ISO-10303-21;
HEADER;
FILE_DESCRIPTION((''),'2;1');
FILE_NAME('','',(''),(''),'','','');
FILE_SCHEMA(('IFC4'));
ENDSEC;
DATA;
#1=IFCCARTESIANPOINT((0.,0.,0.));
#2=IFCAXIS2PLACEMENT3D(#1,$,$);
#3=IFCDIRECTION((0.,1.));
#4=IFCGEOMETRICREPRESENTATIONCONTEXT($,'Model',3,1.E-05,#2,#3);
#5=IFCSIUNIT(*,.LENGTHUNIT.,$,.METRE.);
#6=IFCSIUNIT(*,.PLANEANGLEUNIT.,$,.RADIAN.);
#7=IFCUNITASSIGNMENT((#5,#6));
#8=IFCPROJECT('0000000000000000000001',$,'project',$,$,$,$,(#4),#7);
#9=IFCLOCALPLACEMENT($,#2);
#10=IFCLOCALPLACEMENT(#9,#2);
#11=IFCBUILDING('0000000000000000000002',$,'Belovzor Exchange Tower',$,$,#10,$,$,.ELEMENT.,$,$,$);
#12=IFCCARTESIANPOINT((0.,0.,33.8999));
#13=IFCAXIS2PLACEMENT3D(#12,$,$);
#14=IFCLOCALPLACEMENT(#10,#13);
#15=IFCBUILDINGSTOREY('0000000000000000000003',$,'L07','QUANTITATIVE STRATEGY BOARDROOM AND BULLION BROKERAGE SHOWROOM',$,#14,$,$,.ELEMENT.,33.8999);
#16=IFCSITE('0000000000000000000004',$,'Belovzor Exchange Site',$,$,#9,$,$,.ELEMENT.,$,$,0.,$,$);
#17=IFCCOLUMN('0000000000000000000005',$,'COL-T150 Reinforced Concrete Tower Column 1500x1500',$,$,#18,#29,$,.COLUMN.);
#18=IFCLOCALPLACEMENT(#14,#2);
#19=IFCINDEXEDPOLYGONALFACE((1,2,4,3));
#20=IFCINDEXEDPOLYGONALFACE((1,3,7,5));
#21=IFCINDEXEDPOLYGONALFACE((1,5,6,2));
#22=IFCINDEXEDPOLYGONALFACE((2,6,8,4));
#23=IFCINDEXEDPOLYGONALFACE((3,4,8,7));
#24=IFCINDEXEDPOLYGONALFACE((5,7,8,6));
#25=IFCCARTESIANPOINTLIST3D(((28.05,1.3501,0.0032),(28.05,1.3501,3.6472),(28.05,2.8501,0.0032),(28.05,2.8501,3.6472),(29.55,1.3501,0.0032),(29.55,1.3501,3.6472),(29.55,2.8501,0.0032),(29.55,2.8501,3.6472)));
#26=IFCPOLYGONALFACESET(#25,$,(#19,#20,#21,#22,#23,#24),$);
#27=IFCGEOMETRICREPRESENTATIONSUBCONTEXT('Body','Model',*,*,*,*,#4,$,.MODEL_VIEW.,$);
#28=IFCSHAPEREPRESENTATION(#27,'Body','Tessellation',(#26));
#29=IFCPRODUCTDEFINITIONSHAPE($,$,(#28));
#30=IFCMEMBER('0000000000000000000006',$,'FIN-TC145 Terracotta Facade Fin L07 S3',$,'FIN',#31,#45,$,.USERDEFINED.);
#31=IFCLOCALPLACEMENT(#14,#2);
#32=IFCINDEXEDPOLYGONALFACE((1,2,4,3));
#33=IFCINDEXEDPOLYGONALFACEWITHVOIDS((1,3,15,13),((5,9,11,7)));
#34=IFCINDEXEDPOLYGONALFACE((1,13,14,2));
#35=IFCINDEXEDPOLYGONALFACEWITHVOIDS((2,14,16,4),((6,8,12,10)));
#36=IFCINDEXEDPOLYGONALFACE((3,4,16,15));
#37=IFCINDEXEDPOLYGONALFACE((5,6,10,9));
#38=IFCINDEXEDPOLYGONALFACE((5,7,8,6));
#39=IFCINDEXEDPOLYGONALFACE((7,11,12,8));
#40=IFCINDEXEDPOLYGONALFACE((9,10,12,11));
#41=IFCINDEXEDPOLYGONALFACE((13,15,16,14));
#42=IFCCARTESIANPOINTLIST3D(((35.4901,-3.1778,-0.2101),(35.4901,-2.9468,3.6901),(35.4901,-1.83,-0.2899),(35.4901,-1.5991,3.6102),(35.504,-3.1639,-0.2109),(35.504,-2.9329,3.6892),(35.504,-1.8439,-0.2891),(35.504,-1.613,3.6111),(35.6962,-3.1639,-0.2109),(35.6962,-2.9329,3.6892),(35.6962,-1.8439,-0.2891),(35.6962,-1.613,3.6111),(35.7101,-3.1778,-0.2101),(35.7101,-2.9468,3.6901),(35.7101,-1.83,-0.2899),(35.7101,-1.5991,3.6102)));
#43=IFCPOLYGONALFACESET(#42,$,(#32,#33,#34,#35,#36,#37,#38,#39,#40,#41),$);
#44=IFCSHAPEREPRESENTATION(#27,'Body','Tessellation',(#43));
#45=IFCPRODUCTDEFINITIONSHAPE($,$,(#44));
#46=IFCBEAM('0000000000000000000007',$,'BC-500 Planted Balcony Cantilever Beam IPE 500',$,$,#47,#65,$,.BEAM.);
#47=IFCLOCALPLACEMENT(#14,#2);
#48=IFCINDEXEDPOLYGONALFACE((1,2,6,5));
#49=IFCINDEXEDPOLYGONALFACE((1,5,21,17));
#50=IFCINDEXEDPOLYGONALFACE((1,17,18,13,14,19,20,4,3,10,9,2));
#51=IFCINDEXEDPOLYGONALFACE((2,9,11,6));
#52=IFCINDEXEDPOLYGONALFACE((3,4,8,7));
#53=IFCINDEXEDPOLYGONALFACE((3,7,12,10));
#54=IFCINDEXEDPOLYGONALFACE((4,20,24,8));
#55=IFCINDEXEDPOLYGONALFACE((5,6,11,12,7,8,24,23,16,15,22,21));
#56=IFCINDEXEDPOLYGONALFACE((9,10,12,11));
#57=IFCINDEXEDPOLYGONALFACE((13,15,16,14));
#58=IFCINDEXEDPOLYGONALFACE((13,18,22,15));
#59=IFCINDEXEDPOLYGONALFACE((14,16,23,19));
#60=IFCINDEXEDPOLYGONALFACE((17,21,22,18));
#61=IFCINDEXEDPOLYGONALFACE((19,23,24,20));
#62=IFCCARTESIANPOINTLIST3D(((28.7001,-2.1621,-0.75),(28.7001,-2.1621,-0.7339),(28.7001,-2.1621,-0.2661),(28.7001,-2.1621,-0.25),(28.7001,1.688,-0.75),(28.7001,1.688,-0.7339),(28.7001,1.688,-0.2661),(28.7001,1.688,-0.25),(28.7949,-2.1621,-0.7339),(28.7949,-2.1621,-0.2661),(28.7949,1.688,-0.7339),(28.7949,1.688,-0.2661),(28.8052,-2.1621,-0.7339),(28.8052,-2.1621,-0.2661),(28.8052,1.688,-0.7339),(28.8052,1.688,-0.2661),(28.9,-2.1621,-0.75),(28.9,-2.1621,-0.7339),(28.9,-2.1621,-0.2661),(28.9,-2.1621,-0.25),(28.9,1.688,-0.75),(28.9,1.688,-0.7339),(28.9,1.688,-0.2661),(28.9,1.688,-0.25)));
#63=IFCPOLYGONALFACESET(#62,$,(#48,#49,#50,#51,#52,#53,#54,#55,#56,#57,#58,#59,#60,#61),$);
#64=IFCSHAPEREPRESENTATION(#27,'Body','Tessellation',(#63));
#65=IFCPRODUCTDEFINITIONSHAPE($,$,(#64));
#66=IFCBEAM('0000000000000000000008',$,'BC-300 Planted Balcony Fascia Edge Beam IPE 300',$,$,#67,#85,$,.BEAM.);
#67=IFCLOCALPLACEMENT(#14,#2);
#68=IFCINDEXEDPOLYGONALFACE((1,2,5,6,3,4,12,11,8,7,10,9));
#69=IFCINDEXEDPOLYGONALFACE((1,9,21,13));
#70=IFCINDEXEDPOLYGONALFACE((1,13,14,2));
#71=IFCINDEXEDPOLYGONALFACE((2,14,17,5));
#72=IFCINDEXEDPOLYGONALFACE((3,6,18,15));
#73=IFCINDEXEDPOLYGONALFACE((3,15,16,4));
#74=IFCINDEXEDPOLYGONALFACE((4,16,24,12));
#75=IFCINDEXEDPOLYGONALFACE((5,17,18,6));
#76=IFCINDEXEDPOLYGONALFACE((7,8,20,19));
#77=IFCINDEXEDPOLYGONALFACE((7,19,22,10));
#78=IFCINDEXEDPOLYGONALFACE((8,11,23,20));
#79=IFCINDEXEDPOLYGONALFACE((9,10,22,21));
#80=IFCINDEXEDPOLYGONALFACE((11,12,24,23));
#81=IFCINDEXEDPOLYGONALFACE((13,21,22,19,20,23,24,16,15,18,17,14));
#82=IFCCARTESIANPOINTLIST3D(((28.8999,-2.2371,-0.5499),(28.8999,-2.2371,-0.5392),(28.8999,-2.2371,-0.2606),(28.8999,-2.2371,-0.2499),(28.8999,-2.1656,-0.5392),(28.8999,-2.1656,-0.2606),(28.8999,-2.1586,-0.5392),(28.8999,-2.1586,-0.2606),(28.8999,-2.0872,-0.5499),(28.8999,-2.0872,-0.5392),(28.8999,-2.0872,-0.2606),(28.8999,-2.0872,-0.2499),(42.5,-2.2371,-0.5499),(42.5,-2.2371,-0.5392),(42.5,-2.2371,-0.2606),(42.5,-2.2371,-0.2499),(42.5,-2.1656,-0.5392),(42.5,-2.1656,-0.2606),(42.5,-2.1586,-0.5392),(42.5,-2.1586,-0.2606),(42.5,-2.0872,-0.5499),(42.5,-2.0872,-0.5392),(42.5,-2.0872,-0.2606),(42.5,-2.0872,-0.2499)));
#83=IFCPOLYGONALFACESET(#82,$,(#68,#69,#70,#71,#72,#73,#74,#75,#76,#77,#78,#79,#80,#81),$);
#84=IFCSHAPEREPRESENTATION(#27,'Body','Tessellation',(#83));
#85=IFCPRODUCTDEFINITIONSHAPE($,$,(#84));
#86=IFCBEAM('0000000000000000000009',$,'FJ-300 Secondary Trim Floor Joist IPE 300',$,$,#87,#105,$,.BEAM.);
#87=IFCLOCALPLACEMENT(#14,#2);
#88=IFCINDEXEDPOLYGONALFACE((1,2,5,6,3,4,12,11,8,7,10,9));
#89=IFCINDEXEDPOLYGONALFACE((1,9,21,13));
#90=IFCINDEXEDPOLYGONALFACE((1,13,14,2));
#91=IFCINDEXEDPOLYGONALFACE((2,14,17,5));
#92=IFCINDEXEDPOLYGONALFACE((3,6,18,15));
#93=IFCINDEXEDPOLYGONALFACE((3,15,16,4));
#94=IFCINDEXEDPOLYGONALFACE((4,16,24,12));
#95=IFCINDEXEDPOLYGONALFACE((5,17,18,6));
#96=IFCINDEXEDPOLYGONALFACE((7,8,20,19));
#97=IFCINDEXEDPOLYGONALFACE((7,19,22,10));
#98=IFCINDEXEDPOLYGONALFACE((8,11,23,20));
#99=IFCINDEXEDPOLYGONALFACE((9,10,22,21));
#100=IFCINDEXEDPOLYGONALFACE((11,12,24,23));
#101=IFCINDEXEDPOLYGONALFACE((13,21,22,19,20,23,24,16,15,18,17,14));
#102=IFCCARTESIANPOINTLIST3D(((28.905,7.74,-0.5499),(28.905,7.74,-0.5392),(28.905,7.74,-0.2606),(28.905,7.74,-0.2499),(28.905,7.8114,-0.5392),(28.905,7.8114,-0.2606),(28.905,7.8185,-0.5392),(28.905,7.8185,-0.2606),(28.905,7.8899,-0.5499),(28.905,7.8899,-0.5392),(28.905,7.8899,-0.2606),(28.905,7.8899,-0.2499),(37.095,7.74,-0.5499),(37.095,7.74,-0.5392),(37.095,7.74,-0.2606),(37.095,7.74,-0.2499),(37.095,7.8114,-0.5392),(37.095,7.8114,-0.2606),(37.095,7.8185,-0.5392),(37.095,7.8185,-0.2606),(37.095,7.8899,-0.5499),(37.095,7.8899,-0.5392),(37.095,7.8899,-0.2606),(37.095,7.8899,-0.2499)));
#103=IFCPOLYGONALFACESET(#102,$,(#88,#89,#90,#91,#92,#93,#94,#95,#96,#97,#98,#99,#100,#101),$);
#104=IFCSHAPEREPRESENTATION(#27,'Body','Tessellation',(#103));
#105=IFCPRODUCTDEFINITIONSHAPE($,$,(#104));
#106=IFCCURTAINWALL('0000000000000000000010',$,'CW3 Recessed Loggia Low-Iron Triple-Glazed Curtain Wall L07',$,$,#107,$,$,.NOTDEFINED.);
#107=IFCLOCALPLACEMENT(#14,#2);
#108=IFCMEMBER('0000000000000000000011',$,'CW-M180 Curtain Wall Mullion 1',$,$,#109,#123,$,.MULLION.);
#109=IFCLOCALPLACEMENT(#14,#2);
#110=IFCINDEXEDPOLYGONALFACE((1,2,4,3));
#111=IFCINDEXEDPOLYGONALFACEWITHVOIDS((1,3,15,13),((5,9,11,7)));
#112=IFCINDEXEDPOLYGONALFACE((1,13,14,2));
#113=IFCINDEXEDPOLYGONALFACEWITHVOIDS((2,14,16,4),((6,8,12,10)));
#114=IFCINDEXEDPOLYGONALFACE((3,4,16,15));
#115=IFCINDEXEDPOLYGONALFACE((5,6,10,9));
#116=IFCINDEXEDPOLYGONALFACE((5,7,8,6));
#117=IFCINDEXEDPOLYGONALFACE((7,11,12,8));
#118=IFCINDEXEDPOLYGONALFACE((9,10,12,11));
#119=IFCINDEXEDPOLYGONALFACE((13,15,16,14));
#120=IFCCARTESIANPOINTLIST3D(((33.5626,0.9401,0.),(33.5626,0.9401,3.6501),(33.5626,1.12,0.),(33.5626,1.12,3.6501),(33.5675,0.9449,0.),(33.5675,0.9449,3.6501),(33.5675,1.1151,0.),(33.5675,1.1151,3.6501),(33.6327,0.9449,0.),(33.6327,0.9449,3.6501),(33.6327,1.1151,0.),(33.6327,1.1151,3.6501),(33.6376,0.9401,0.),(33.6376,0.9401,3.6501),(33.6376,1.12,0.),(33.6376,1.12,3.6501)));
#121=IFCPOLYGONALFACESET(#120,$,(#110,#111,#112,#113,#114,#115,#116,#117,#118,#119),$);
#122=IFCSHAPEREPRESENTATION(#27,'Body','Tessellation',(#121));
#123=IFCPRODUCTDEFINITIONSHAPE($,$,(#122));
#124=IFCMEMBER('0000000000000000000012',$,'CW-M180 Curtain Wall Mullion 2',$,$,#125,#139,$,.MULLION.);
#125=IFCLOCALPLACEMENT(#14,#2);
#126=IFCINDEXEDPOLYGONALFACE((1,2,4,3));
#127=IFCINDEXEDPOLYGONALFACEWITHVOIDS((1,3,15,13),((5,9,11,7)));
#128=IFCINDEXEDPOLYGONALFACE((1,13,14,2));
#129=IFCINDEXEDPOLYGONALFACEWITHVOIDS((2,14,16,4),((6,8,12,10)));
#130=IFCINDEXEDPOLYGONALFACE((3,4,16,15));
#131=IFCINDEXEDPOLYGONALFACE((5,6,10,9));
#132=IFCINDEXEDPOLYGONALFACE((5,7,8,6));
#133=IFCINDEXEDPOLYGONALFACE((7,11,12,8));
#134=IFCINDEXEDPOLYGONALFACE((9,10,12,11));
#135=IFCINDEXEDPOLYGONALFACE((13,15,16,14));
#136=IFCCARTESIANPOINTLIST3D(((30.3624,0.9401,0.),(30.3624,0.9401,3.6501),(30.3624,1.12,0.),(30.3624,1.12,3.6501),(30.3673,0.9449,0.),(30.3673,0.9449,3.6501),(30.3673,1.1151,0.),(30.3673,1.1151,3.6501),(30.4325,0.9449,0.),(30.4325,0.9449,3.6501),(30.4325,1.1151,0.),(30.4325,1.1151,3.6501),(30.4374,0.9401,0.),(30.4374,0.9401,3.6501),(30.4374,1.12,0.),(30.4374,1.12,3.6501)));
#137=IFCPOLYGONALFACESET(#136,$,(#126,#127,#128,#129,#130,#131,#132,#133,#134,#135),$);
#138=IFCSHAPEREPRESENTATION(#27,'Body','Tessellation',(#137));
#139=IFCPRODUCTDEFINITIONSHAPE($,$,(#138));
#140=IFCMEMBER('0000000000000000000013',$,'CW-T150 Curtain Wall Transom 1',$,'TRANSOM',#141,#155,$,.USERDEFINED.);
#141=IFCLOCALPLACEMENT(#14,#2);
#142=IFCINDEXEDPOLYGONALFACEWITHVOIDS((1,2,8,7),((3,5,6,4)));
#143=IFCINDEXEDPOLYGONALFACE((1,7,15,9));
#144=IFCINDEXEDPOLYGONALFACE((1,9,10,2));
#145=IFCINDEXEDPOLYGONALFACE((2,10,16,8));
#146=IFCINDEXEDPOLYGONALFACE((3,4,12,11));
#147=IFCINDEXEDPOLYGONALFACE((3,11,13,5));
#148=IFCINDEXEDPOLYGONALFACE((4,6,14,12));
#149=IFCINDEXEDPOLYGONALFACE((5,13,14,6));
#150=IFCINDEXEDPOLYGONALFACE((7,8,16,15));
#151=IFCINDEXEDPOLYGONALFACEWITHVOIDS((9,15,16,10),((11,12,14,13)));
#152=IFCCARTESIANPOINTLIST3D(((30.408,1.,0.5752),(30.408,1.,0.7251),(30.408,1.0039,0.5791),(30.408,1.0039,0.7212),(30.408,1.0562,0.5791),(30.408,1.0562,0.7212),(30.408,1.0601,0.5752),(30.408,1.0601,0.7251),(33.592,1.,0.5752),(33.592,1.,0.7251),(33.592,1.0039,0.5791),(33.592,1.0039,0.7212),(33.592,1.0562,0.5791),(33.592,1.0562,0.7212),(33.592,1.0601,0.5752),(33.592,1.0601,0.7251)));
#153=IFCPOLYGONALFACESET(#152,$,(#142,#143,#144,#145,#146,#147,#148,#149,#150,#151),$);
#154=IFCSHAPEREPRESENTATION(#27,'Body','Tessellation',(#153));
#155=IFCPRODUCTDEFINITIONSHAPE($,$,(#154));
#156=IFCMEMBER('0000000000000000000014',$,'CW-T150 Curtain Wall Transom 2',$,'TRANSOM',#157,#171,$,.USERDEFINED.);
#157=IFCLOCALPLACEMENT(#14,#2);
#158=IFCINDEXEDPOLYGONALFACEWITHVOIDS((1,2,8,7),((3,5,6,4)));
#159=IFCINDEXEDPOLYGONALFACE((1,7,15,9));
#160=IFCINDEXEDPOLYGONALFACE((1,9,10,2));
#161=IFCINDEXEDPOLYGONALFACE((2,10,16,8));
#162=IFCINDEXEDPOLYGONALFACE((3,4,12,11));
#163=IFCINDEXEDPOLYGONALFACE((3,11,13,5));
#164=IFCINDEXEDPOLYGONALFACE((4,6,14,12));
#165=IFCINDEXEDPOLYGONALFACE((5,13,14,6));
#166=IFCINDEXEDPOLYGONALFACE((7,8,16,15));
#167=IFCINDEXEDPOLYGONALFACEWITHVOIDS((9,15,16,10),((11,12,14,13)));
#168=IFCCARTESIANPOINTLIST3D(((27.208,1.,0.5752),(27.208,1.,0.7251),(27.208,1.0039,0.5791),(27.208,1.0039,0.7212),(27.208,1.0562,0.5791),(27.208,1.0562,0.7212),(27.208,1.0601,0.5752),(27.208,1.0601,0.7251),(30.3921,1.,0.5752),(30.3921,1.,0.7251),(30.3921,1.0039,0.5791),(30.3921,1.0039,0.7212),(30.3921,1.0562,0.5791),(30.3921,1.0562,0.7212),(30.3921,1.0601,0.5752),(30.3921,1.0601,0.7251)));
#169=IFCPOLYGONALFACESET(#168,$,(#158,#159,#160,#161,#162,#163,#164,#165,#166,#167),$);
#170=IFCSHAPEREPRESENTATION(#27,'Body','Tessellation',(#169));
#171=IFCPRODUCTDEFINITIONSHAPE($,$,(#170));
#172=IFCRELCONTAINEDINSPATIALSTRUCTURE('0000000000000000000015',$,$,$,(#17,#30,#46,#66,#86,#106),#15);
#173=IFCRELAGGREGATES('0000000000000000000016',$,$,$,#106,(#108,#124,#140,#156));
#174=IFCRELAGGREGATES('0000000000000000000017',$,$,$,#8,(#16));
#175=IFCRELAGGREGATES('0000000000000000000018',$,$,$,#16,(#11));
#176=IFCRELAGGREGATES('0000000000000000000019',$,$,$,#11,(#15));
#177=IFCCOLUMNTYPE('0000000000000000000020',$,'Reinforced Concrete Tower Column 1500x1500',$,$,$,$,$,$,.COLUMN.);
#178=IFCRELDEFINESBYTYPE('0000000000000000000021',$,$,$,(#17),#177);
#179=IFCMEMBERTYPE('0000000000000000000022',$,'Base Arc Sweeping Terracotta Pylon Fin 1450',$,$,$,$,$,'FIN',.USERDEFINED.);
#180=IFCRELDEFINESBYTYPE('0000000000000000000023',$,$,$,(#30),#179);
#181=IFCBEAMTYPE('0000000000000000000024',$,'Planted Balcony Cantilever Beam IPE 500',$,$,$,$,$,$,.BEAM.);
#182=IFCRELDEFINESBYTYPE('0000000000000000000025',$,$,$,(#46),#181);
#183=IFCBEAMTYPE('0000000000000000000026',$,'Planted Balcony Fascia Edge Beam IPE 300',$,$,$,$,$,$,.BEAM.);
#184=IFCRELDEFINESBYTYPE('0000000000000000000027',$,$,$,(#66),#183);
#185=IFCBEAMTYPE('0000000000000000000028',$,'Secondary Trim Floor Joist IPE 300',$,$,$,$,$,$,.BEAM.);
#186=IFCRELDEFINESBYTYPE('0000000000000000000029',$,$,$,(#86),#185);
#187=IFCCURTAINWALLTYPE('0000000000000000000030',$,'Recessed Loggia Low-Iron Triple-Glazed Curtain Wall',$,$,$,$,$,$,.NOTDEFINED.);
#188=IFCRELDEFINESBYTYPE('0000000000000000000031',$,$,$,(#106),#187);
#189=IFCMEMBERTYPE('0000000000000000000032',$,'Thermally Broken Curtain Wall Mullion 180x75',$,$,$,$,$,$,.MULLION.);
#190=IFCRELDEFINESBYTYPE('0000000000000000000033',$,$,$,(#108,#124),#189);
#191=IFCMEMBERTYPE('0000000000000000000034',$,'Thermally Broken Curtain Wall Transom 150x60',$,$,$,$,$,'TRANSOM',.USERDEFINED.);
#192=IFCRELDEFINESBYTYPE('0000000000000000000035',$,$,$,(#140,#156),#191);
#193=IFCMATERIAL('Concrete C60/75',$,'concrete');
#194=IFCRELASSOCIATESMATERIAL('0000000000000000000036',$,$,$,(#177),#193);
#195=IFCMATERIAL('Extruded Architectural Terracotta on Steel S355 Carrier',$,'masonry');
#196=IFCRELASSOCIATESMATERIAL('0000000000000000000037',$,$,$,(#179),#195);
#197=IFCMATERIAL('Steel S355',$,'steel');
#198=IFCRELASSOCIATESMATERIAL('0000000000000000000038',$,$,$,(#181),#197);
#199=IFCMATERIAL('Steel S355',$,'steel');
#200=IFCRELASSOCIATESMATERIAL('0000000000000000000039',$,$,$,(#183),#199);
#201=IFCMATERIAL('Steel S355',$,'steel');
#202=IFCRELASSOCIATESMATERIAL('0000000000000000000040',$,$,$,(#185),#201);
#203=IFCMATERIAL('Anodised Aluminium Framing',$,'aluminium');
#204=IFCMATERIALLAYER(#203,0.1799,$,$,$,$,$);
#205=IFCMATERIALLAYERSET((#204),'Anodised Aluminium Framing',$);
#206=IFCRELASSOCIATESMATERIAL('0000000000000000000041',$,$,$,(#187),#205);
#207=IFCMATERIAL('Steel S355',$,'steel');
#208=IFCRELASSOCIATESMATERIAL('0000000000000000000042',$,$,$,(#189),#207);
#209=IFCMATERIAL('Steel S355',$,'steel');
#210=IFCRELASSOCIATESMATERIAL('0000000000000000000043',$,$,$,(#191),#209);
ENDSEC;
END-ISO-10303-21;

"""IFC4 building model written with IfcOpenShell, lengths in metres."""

from ifc_helpers import new_model, si_unit, direction, frame, origin, origin_2d, place, context, subcontext, project, spatial, rectangle, hollow_rectangle, i_section, extrude, material, layer, layer_set, material_profile, profile_set, type_object, element, aggregate, save


model = new_model("IFC4")

# Units and contexts
model_context = context("Model", 3, precision=1e-05, world=origin(), true_north=direction((0.0, 1.0)))
body_context = subcontext(model_context, "Body", "Model", "MODEL_VIEW")
ifc_project = project(units=[si_unit("LENGTHUNIT", "METRE"), si_unit("PLANEANGLEUNIT", "RADIAN")], contexts=[model_context])

# Site, building, storey
site_placement = place(None, origin())
site = spatial("IfcSite", under=ifc_project, at=site_placement, Name="Belovzor Exchange Site", CompositionType="ELEMENT", RefElevation=0.0)
building_placement = place(site_placement, origin())
building = spatial("IfcBuilding", under=site, at=building_placement, Name="Belovzor Exchange Tower", CompositionType="ELEMENT")
storey_placement = place(building_placement, frame((0.0, 0.0, 33.8999)))
storey = spatial("IfcBuildingStorey", under=building, at=storey_placement, Name="L07", Description="QUANTITATIVE STRATEGY BOARDROOM AND BULLION BROKERAGE SHOWROOM", CompositionType="ELEMENT", Elevation=33.8999)

# Column
ifc_material_1 = material(Name="Concrete C60/75", Category="concrete")
ifc_material_profile_1 = material_profile(ifc_material_1, rectangle(XDim=1.5, YDim=1.5, at=origin_2d()))
ifc_profile_set_1 = profile_set([ifc_material_profile_1], Name="Concrete C60/75")
column_type = type_object("IfcColumnType", Name="Reinforced Concrete Tower Column 1500x1500", PredefinedType="COLUMN", material=ifc_profile_set_1)
column_placement = place(storey_placement, frame((28.8, 2.1001, 0.0032), z_axis=(0.0, 0.0, 1.0), x_axis=(1.0, 0.0, 0.0)))
element("IfcColumn", 1, at=column_placement, inside=storey, type_object=column_type, Name="COL-T150 Reinforced Concrete Tower Column 1500x1500", PredefinedType="COLUMN", context=body_context, shape_type="SweptSolid", body=[
    extrude(rectangle(XDim=1.5, YDim=1.5, at=origin_2d()), origin(), (0.0, 0.0, 1.0), 3.644),
])

# Member
ifc_material_2 = material(Name="Extruded Architectural Terracotta on Steel S355 Carrier", Category="masonry")
ifc_material_profile_2 = material_profile(ifc_material_2, hollow_rectangle(XDim=0.22, YDim=1.3501, WallThickness=0.0139, at=origin_2d()))
ifc_profile_set_2 = profile_set([ifc_material_profile_2], Name="Extruded Architectural Terracotta on Steel S355 Carrier")
member_type_1 = type_object("IfcMemberType", Name="Base Arc Sweeping Terracotta Pylon Fin 1450", ElementType="FIN", PredefinedType="USERDEFINED", material=ifc_profile_set_2)
member_1_placement = place(storey_placement, frame((35.6001, -2.5039, -0.25), z_axis=(0.0, 0.059114, 0.998251), x_axis=(-1.0, 0.0, 0.0)))
element("IfcMember", 2, at=member_1_placement, inside=storey, type_object=member_type_1, Name="FIN-TC145 Terracotta Facade Fin L07 S3", ObjectType="FIN", PredefinedType="USERDEFINED", context=body_context, shape_type="SweptSolid", body=[
    extrude(hollow_rectangle(XDim=0.22, YDim=1.3501, WallThickness=0.0139, at=origin_2d()), origin(), (0.0, 0.0, 1.0), 3.907),
])

# Beams
ifc_material_3 = material(Name="Steel S355", Category="steel")
ifc_material_profile_3 = material_profile(ifc_material_3, i_section(OverallWidth=0.2, OverallDepth=0.5, WebThickness=0.0103, FlangeThickness=0.0161, at=origin_2d()))
ifc_profile_set_3 = profile_set([ifc_material_profile_3], Name="Steel S355")
beam_type_1 = type_object("IfcBeamType", Name="Planted Balcony Cantilever Beam IPE 500", PredefinedType="BEAM", material=ifc_profile_set_3)
beam_1_placement = place(storey_placement, frame((28.8, 1.688, -0.5), z_axis=(0.0, -1.0, 0.0), x_axis=(1.0, 0.0, 0.0)))
element("IfcBeam", 3, at=beam_1_placement, inside=storey, type_object=beam_type_1, Name="BC-500 Planted Balcony Cantilever Beam IPE 500", PredefinedType="BEAM", context=body_context, shape_type="SweptSolid", body=[
    extrude(i_section(OverallWidth=0.2, OverallDepth=0.5, WebThickness=0.0103, FlangeThickness=0.0161, at=origin_2d()), origin(), (0.0, 0.0, 1.0), 3.8501),
])
ifc_material_4 = material(Name="Steel S355", Category="steel")
ifc_material_profile_4 = material_profile(ifc_material_4, i_section(OverallWidth=0.1499, OverallDepth=0.3, WebThickness=0.0071, FlangeThickness=0.0107, at=origin_2d()))
ifc_profile_set_4 = profile_set([ifc_material_profile_4], Name="Steel S355")
beam_type_2 = type_object("IfcBeamType", Name="Planted Balcony Fascia Edge Beam IPE 300", PredefinedType="BEAM", material=ifc_profile_set_4)
beam_2_placement = place(storey_placement, frame((28.8999, -2.1621, -0.3999), z_axis=(1.0, 0.0, 0.0), x_axis=(0.0, 1.0, 0.0)))
element("IfcBeam", 4, at=beam_2_placement, inside=storey, type_object=beam_type_2, Name="BC-300 Planted Balcony Fascia Edge Beam IPE 300", PredefinedType="BEAM", context=body_context, shape_type="SweptSolid", body=[
    extrude(i_section(OverallWidth=0.1499, OverallDepth=0.3, WebThickness=0.0071, FlangeThickness=0.0107, at=origin_2d()), origin(), (0.0, 0.0, 1.0), 13.6001),
])
ifc_material_5 = material(Name="Steel S355", Category="steel")
ifc_material_profile_5 = material_profile(ifc_material_5, i_section(OverallWidth=0.1499, OverallDepth=0.3, WebThickness=0.0071, FlangeThickness=0.0107, at=origin_2d()))
ifc_profile_set_5 = profile_set([ifc_material_profile_5], Name="Steel S355")
beam_type_3 = type_object("IfcBeamType", Name="Secondary Trim Floor Joist IPE 300", PredefinedType="BEAM", material=ifc_profile_set_5)
beam_3_placement = place(storey_placement, frame((28.905, 7.8149, -0.3999), z_axis=(1.0, 0.0, 0.0), x_axis=(0.0, 1.0, 0.0)))
element("IfcBeam", 5, at=beam_3_placement, inside=storey, type_object=beam_type_3, Name="FJ-300 Secondary Trim Floor Joist IPE 300", PredefinedType="BEAM", context=body_context, shape_type="SweptSolid", body=[
    extrude(i_section(OverallWidth=0.1499, OverallDepth=0.3, WebThickness=0.0071, FlangeThickness=0.0107, at=origin_2d()), origin(), (0.0, 0.0, 1.0), 8.1899),
])

# Curtain wall, members
ifc_material_6 = material(Name="Anodised Aluminium Framing", Category="aluminium")
ifc_layer_1 = layer(ifc_material_6, 0.1799)
ifc_layer_set_1 = layer_set([ifc_layer_1], Name="Anodised Aluminium Framing")
curtain_wall_type = type_object("IfcCurtainWallType", Name="Recessed Loggia Low-Iron Triple-Glazed Curtain Wall", PredefinedType="NOTDEFINED", material=ifc_layer_set_1)
curtain_wall_placement = place(storey_placement, origin())
curtain_wall = element("IfcCurtainWall", 6, at=curtain_wall_placement, inside=storey, type_object=curtain_wall_type, Name="CW3 Recessed Loggia Low-Iron Triple-Glazed Curtain Wall L07", PredefinedType="NOTDEFINED")
ifc_material_7 = material(Name="Steel S355", Category="steel")
ifc_material_profile_6 = material_profile(ifc_material_7, hollow_rectangle(XDim=0.075, YDim=0.1799, WallThickness=0.0049, at=origin_2d()))
ifc_profile_set_6 = profile_set([ifc_material_profile_6], Name="Steel S355")
member_type_2 = type_object("IfcMemberType", Name="Thermally Broken Curtain Wall Mullion 180x75", PredefinedType="MULLION", material=ifc_profile_set_6)
member_2_placement = place(storey_placement, frame((33.6001, 1.03, 0.0), z_axis=(0.0, 0.0, 1.0), x_axis=(-1.0, 0.0, 0.0)))
member_2 = element("IfcMember", 7, at=member_2_placement, type_object=member_type_2, Name="CW-M180 Curtain Wall Mullion 1", PredefinedType="MULLION", context=body_context, shape_type="SweptSolid", body=[
    extrude(hollow_rectangle(XDim=0.075, YDim=0.1799, WallThickness=0.0049, at=origin_2d()), origin(), (0.0, 0.0, 1.0), 3.6501),
])
member_3_placement = place(storey_placement, frame((30.3999, 1.03, 0.0), z_axis=(0.0, 0.0, 1.0), x_axis=(-1.0, 0.0, 0.0)))
member_3 = element("IfcMember", 8, at=member_3_placement, type_object=member_type_2, Name="CW-M180 Curtain Wall Mullion 2", PredefinedType="MULLION", context=body_context, shape_type="SweptSolid", body=[
    extrude(hollow_rectangle(XDim=0.075, YDim=0.1799, WallThickness=0.0049, at=origin_2d()), origin(), (0.0, 0.0, 1.0), 3.6501),
])
ifc_material_8 = material(Name="Steel S355", Category="steel")
ifc_material_profile_7 = material_profile(ifc_material_8, hollow_rectangle(XDim=0.0601, YDim=0.1499, WallThickness=0.0039, at=origin_2d()))
ifc_profile_set_7 = profile_set([ifc_material_profile_7], Name="Steel S355")
member_type_3 = type_object("IfcMemberType", Name="Thermally Broken Curtain Wall Transom 150x60", ElementType="TRANSOM", PredefinedType="USERDEFINED", material=ifc_profile_set_7)
member_4_placement = place(storey_placement, frame((33.592, 1.03, 0.6501), z_axis=(-1.0, 0.0, 0.0), x_axis=(0.0, -1.0, 0.0)))
member_4 = element("IfcMember", 9, at=member_4_placement, type_object=member_type_3, Name="CW-T150 Curtain Wall Transom 1", ObjectType="TRANSOM", PredefinedType="USERDEFINED", context=body_context, shape_type="SweptSolid", body=[
    extrude(hollow_rectangle(XDim=0.0601, YDim=0.1499, WallThickness=0.0039, at=origin_2d()), origin(), (0.0, 0.0, 1.0), 3.1841),
])
member_5_placement = place(storey_placement, frame((30.3921, 1.03, 0.6501), z_axis=(-1.0, 0.0, 0.0), x_axis=(0.0, -1.0, 0.0)))
member_5 = element("IfcMember", 10, at=member_5_placement, type_object=member_type_3, Name="CW-T150 Curtain Wall Transom 2", ObjectType="TRANSOM", PredefinedType="USERDEFINED", context=body_context, shape_type="SweptSolid", body=[
    extrude(hollow_rectangle(XDim=0.0601, YDim=0.1499, WallThickness=0.0039, at=origin_2d()), origin(), (0.0, 0.0, 1.0), 3.1841),
])

aggregate(curtain_wall, [member_2, member_3, member_4, member_5])

save(model, "model.ifc")
